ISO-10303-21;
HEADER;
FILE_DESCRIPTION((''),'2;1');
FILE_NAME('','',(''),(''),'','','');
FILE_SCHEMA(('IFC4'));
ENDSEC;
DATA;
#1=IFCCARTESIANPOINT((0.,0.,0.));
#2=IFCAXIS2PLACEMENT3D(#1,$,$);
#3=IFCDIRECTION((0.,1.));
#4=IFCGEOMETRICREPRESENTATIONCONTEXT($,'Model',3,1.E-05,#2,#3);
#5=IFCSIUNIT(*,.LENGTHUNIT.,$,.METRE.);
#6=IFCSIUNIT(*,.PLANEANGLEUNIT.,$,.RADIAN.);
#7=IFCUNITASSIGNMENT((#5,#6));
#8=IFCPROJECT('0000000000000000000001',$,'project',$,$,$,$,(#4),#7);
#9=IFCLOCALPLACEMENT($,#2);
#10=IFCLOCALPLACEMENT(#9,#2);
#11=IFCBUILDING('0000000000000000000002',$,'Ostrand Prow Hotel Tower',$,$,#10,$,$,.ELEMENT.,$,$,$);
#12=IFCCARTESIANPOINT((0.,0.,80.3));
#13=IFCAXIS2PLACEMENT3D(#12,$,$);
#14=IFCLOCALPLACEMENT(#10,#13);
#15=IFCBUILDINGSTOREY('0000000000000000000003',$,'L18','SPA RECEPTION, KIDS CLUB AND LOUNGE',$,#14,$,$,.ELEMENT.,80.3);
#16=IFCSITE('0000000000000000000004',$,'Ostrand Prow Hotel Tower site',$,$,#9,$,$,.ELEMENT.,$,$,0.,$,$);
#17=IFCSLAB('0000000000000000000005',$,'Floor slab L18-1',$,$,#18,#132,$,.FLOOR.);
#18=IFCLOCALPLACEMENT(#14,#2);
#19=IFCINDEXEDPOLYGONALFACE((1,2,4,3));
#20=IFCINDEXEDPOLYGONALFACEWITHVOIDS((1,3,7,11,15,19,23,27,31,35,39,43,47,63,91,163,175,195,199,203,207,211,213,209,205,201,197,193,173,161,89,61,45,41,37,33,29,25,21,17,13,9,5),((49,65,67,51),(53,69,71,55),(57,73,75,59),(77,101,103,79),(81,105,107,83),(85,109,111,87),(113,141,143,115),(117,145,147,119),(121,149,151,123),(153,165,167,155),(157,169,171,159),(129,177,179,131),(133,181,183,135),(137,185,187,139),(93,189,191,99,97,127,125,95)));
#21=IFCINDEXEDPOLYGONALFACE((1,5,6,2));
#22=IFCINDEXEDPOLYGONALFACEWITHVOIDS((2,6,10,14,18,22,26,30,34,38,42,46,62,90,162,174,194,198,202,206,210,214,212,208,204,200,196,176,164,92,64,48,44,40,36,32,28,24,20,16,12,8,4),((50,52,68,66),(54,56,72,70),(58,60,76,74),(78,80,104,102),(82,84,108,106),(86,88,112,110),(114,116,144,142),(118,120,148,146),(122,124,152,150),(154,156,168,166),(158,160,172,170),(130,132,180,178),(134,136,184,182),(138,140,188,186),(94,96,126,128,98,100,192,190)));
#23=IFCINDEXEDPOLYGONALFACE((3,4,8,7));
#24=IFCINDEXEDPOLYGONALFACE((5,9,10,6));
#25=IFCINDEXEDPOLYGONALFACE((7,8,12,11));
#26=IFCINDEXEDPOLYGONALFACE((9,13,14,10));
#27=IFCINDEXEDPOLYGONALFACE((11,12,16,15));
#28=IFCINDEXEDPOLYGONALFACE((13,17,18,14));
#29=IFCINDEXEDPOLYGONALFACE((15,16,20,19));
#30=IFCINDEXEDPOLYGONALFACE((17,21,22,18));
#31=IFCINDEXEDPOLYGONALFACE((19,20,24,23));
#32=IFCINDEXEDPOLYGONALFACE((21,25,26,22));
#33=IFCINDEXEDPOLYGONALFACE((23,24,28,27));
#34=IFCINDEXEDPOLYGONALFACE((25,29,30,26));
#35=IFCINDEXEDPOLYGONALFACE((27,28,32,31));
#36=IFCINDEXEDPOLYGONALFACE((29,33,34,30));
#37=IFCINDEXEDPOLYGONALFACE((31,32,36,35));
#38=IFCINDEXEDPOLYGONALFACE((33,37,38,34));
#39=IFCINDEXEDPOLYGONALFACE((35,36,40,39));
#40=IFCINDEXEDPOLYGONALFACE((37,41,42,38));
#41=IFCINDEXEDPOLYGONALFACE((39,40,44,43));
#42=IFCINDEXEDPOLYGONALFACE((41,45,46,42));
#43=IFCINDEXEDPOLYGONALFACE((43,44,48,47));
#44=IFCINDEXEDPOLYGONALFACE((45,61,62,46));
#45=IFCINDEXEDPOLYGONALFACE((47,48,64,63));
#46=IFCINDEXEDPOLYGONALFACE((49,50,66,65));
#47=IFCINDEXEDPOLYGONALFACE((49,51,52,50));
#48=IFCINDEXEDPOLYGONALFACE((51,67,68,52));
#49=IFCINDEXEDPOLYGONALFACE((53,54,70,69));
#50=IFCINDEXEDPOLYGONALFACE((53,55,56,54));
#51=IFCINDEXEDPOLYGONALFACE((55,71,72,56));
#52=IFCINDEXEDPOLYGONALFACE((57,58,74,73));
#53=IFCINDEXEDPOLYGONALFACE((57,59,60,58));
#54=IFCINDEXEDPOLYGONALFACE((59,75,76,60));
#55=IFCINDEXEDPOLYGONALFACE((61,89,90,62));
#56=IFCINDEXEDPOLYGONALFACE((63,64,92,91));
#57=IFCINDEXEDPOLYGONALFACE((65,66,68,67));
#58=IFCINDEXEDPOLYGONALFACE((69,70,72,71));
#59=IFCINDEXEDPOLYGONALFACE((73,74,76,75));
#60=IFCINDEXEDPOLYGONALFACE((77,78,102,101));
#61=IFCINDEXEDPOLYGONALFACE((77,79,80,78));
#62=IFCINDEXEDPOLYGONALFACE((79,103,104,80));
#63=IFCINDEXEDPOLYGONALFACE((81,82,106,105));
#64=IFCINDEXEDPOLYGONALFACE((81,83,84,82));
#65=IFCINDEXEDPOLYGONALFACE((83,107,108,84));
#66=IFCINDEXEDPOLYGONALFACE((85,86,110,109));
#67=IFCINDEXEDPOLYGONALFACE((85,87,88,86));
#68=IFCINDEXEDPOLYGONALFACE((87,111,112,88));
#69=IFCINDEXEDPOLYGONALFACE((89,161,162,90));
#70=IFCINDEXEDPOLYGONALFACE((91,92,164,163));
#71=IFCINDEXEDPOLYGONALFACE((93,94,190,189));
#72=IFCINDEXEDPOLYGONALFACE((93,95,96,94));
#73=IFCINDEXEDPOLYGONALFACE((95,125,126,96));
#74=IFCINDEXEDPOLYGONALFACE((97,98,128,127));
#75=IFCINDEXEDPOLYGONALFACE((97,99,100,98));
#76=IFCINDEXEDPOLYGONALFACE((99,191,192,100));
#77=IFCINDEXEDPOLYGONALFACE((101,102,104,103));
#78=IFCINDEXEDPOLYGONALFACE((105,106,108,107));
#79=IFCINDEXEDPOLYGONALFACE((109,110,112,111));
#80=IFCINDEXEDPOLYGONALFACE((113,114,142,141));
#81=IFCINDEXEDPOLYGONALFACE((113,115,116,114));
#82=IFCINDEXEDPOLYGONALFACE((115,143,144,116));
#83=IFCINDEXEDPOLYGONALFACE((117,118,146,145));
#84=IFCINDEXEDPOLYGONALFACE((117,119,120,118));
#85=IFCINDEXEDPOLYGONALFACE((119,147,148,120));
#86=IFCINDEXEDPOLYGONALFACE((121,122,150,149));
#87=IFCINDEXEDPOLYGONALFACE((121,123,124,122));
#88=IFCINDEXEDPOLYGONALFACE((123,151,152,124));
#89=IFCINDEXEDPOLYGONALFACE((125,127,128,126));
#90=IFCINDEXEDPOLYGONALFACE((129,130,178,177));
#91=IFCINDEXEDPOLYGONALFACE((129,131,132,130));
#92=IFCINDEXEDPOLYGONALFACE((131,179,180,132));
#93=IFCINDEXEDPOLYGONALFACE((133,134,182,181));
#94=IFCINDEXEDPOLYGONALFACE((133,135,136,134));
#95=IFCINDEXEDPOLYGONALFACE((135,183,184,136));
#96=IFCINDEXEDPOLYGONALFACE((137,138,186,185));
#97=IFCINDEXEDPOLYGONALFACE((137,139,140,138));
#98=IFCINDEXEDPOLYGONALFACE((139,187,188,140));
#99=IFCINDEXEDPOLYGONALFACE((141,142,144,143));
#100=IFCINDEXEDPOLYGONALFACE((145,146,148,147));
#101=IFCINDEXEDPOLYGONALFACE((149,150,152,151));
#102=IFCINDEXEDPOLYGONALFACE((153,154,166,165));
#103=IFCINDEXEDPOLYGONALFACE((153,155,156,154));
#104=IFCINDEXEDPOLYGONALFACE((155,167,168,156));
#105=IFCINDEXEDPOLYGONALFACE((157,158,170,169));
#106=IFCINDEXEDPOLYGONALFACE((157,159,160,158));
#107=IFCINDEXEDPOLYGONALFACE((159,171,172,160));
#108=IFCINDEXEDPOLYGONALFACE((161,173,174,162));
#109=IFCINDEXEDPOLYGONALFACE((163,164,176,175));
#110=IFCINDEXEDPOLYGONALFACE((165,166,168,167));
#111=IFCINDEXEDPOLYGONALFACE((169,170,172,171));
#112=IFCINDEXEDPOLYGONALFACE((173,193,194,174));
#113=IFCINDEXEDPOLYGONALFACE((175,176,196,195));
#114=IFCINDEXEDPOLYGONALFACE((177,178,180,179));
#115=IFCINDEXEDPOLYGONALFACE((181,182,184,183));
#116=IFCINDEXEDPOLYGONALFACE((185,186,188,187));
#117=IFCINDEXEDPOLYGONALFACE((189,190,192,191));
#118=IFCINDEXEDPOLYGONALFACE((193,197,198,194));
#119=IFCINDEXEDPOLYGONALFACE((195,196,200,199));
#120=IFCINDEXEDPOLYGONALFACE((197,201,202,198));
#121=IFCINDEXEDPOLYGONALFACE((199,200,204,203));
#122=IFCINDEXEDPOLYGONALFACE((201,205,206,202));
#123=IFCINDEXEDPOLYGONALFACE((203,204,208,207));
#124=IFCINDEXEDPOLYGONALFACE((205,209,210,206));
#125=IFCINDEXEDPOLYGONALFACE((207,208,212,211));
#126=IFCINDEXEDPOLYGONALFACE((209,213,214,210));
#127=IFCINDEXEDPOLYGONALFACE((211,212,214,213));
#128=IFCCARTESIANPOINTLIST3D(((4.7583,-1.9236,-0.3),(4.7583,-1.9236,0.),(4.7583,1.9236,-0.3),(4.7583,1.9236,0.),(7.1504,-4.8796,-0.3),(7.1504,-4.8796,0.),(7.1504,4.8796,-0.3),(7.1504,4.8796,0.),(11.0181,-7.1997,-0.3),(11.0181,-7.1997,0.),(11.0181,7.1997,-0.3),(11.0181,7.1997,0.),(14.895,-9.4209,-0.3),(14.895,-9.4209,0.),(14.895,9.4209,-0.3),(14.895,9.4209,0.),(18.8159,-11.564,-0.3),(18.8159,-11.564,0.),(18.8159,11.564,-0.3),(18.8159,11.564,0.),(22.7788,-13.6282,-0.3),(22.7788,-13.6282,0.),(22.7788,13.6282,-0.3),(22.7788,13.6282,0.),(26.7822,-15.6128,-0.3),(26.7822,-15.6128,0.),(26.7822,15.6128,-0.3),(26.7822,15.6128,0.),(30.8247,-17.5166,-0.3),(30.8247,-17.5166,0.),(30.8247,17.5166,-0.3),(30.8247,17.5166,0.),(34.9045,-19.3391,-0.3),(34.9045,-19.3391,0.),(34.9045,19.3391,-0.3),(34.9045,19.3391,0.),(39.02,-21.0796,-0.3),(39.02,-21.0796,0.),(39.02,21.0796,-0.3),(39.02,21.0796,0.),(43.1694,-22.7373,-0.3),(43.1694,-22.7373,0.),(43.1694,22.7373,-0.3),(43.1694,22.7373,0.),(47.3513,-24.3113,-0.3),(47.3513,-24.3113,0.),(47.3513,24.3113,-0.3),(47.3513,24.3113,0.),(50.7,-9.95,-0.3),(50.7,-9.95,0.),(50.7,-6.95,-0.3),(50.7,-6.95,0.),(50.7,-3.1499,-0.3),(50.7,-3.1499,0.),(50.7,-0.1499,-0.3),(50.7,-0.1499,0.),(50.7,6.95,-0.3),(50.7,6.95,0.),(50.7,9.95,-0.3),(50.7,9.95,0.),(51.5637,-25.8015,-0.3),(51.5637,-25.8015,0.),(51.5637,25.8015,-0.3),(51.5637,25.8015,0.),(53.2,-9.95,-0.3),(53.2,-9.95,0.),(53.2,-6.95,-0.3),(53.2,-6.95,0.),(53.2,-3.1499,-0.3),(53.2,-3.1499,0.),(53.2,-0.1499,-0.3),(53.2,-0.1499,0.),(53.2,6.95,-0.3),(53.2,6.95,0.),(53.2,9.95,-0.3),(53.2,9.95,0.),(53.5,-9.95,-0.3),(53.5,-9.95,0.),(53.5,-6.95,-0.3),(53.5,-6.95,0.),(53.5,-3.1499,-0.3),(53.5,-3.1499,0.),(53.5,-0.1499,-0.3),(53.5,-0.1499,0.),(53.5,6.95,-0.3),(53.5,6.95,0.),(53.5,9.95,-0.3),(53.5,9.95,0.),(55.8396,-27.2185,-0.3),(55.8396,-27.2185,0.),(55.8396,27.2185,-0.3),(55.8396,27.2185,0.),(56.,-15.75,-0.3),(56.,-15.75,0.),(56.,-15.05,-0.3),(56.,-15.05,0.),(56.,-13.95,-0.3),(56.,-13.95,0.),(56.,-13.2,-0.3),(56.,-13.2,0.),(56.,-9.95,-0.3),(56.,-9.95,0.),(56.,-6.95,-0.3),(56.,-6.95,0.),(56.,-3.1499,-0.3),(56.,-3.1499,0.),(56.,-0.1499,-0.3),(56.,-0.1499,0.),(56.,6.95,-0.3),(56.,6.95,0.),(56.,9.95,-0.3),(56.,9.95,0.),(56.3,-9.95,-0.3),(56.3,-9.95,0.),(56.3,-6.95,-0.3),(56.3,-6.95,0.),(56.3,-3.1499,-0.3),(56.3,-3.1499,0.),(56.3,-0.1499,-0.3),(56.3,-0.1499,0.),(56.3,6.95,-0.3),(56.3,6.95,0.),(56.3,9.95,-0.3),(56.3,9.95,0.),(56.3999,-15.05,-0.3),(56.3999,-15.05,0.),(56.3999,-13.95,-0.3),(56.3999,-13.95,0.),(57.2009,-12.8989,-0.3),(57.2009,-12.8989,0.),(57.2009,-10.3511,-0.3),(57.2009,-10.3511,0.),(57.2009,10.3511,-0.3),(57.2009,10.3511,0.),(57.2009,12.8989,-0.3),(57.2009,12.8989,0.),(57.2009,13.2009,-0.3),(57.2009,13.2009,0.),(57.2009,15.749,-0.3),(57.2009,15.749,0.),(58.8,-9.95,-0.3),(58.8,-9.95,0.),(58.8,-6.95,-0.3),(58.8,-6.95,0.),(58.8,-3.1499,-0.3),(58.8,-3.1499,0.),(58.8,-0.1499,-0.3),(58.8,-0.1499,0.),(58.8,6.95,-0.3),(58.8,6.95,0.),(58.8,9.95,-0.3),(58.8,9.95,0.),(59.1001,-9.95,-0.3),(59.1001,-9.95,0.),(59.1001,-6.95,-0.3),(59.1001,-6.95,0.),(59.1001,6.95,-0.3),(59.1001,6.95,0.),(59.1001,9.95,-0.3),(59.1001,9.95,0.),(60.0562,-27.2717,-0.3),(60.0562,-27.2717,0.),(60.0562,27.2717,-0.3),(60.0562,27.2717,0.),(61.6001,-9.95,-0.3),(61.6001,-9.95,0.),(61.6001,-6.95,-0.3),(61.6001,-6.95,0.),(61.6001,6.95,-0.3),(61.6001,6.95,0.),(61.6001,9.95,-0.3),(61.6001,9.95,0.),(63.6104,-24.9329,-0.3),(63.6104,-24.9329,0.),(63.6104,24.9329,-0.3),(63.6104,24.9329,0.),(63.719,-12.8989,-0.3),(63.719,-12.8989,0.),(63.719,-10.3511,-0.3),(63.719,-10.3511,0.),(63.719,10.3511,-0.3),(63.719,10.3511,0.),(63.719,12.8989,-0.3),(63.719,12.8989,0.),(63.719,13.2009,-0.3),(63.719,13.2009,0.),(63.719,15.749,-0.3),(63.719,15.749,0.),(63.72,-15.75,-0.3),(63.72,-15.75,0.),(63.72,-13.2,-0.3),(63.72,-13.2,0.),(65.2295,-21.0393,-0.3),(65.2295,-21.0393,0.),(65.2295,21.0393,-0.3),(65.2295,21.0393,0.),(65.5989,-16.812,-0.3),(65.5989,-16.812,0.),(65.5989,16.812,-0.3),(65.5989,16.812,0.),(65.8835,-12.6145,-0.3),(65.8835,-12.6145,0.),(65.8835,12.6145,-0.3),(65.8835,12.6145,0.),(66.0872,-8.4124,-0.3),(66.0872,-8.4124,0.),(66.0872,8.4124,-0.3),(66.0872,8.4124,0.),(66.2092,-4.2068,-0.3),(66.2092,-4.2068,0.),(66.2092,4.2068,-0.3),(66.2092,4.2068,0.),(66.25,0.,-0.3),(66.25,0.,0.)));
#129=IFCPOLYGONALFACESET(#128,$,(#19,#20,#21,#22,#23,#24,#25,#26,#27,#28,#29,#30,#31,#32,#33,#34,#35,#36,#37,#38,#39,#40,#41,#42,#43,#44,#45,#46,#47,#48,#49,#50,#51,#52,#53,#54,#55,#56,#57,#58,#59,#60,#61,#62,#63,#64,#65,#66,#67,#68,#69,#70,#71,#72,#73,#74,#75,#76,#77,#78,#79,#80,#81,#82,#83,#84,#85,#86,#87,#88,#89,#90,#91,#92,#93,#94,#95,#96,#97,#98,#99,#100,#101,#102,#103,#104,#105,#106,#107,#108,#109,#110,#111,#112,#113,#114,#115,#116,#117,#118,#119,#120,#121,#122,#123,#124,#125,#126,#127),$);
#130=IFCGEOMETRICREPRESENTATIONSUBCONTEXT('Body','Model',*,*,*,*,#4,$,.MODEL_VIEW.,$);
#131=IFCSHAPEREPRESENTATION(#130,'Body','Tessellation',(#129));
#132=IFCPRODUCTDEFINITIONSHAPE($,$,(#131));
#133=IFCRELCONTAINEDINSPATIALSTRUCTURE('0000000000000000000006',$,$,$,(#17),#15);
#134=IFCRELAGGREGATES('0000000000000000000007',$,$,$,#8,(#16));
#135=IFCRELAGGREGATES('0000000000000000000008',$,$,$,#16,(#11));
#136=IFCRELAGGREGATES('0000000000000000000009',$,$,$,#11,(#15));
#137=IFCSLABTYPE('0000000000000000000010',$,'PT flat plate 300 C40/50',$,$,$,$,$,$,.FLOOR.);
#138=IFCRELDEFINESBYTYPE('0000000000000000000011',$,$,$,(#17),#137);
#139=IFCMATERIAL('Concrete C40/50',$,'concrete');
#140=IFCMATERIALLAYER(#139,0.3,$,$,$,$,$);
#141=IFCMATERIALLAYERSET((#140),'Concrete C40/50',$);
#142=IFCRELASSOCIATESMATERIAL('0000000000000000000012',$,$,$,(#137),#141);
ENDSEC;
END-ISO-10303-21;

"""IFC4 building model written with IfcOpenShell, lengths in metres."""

from ifc_helpers import new_model, si_unit, direction, frame, origin, place, context, subcontext, project, spatial, polyline, outline, extrude, material, layer, layer_set, type_object, element, save


model = new_model("IFC4")

# Units and contexts
model_context = context("Model", 3, precision=1e-05, world=origin(), true_north=direction((0.0, 1.0)))
body_context = subcontext(model_context, "Body", "Model", "MODEL_VIEW")
ifc_project = project(units=[si_unit("LENGTHUNIT", "METRE"), si_unit("PLANEANGLEUNIT", "RADIAN")], contexts=[model_context])

# Site, building, storey
site_placement = place(None, origin())
site = spatial("IfcSite", under=ifc_project, at=site_placement, Name="Ostrand Prow Hotel Tower site", CompositionType="ELEMENT", RefElevation=0.0)
building_placement = place(site_placement, origin())
building = spatial("IfcBuilding", under=site, at=building_placement, Name="Ostrand Prow Hotel Tower", CompositionType="ELEMENT")
storey_placement = place(building_placement, frame((0.0, 0.0, 80.3)))
storey = spatial("IfcBuildingStorey", under=building, at=storey_placement, Name="L18", Description="SPA RECEPTION, KIDS CLUB AND LOUNGE", CompositionType="ELEMENT", Elevation=80.3)

# Slab, opening
ifc_material_1 = material(Name="Concrete C40/50", Category="concrete")
ifc_layer_1 = layer(ifc_material_1, 0.3)
ifc_layer_set_1 = layer_set([ifc_layer_1], Name="Concrete C40/50")
slab_type_1 = type_object("IfcSlabType", Name="PT flat plate 300 C40/50", PredefinedType="FLOOR", material=ifc_layer_set_1)
slab_1_placement = place(storey_placement, frame((0.0, 0.0, -0.3)))
slab_1 = element("IfcSlab", 1, at=slab_1_placement, inside=storey, type_object=slab_type_1, Name="Floor slab L18-1", PredefinedType="FLOOR", context=body_context, shape_type="SweptSolid", body=[
    extrude(outline(polyline([(7.1504, 4.8796), (11.0181, 7.1997), (14.895, 9.4209), (18.8159, 11.564), (22.7788, 13.6282), (26.7822, 15.6128), (30.8247, 17.5166), (34.9045, 19.3391), (39.02, 21.0796), (43.1694, 22.7373), (47.3513, 24.3113), (51.5637, 25.8015), (55.8396, 27.2185), (60.0562, 27.2717), (63.6104, 24.9329), (65.2295, 21.0393), (65.5989, 16.812), (65.8835, 12.6145), (66.0872, 8.4124), (66.2092, 4.2068), (66.25, 0.0), (66.2092, -4.2068), (66.0872, -8.4124), (65.8835, -12.6145), (65.5989, -16.812), (65.2295, -21.0393), (63.6104, -24.9329), (60.0562, -27.2717), (55.8396, -27.2185), (51.5637, -25.8015), (47.3513, -24.3113), (43.1694, -22.7373), (39.02, -21.0796), (34.9045, -19.3391), (30.8247, -17.5166), (26.7822, -15.6128), (22.7788, -13.6282), (18.8159, -11.564), (14.895, -9.4209), (11.0181, -7.1997), (7.1504, -4.8796), (4.7583, -1.9236), (4.7583, 1.9236), (7.1504, 4.8796)]), holes=[polyline([(50.7, 6.95), (53.2, 6.95), (53.2, 9.95), (50.7, 9.95), (50.7, 6.95)]), polyline([(53.5, 6.95), (56.0, 6.95), (56.0, 9.95), (53.5, 9.95), (53.5, 6.95)]), polyline([(56.3, 6.95), (58.8, 6.95), (58.8, 9.95), (56.3, 9.95), (56.3, 6.95)]), polyline([(59.1001, 6.95), (61.6001, 6.95), (61.6001, 9.95), (59.1001, 9.95), (59.1001, 6.95)]), polyline([(50.7, -3.1499), (53.2, -3.1499), (53.2, -0.1499), (50.7, -0.1499), (50.7, -3.1499)]), polyline([(53.5, -3.1499), (56.0, -3.1499), (56.0, -0.1499), (53.5, -0.1499), (53.5, -3.1499)]), polyline([(56.3, -3.1499), (58.8, -3.1499), (58.8, -0.1499), (56.3, -0.1499), (56.3, -3.1499)]), polyline([(50.7, -9.95), (53.2, -9.95), (53.2, -6.95), (50.7, -6.95), (50.7, -9.95)]), polyline([(53.5, -9.95), (56.0, -9.95), (56.0, -6.95), (53.5, -6.95), (53.5, -9.95)]), polyline([(56.3, -9.95), (58.8, -9.95), (58.8, -6.95), (56.3, -6.95), (56.3, -9.95)]), polyline([(59.1001, -9.95), (61.6001, -9.95), (61.6001, -6.95), (59.1001, -6.95), (59.1001, -9.95)]), polyline([(57.2009, 10.3511), (57.2009, 12.8989), (63.719, 12.8989), (63.719, 10.3511), (57.2009, 10.3511)]), polyline([(57.2009, 13.2009), (57.2009, 15.749), (63.719, 15.749), (63.719, 13.2009), (57.2009, 13.2009)]), polyline([(57.2009, -12.8989), (57.2009, -10.3511), (63.719, -10.3511), (63.719, -12.8989), (57.2009, -12.8989)]), polyline([(56.0, -13.2), (63.72, -13.2), (63.72, -15.75), (56.0, -15.75), (56.0, -15.05), (56.3999, -15.05), (56.3999, -13.95), (56.0, -13.95), (56.0, -13.2)])]), origin(), (0.0, 0.0, 1.0), 0.3),
])
opening_1_placement = place(slab_1_placement, origin())
element("IfcOpeningElement", 2, at=opening_1_placement, cuts=slab_1, PredefinedType="OPENING", context=body_context, shape_type="SweptSolid", body=[
    extrude(outline(polyline([(56.0, -13.2), (63.72, -13.2), (63.72, -15.75), (56.0, -15.75), (56.0, -15.05), (56.3999, -15.05), (56.3999, -13.95), (56.0, -13.95), (56.0, -13.2)])), origin(), (0.0, 0.0, 1.0), 0.3),
])

save(model, "model.ifc")
